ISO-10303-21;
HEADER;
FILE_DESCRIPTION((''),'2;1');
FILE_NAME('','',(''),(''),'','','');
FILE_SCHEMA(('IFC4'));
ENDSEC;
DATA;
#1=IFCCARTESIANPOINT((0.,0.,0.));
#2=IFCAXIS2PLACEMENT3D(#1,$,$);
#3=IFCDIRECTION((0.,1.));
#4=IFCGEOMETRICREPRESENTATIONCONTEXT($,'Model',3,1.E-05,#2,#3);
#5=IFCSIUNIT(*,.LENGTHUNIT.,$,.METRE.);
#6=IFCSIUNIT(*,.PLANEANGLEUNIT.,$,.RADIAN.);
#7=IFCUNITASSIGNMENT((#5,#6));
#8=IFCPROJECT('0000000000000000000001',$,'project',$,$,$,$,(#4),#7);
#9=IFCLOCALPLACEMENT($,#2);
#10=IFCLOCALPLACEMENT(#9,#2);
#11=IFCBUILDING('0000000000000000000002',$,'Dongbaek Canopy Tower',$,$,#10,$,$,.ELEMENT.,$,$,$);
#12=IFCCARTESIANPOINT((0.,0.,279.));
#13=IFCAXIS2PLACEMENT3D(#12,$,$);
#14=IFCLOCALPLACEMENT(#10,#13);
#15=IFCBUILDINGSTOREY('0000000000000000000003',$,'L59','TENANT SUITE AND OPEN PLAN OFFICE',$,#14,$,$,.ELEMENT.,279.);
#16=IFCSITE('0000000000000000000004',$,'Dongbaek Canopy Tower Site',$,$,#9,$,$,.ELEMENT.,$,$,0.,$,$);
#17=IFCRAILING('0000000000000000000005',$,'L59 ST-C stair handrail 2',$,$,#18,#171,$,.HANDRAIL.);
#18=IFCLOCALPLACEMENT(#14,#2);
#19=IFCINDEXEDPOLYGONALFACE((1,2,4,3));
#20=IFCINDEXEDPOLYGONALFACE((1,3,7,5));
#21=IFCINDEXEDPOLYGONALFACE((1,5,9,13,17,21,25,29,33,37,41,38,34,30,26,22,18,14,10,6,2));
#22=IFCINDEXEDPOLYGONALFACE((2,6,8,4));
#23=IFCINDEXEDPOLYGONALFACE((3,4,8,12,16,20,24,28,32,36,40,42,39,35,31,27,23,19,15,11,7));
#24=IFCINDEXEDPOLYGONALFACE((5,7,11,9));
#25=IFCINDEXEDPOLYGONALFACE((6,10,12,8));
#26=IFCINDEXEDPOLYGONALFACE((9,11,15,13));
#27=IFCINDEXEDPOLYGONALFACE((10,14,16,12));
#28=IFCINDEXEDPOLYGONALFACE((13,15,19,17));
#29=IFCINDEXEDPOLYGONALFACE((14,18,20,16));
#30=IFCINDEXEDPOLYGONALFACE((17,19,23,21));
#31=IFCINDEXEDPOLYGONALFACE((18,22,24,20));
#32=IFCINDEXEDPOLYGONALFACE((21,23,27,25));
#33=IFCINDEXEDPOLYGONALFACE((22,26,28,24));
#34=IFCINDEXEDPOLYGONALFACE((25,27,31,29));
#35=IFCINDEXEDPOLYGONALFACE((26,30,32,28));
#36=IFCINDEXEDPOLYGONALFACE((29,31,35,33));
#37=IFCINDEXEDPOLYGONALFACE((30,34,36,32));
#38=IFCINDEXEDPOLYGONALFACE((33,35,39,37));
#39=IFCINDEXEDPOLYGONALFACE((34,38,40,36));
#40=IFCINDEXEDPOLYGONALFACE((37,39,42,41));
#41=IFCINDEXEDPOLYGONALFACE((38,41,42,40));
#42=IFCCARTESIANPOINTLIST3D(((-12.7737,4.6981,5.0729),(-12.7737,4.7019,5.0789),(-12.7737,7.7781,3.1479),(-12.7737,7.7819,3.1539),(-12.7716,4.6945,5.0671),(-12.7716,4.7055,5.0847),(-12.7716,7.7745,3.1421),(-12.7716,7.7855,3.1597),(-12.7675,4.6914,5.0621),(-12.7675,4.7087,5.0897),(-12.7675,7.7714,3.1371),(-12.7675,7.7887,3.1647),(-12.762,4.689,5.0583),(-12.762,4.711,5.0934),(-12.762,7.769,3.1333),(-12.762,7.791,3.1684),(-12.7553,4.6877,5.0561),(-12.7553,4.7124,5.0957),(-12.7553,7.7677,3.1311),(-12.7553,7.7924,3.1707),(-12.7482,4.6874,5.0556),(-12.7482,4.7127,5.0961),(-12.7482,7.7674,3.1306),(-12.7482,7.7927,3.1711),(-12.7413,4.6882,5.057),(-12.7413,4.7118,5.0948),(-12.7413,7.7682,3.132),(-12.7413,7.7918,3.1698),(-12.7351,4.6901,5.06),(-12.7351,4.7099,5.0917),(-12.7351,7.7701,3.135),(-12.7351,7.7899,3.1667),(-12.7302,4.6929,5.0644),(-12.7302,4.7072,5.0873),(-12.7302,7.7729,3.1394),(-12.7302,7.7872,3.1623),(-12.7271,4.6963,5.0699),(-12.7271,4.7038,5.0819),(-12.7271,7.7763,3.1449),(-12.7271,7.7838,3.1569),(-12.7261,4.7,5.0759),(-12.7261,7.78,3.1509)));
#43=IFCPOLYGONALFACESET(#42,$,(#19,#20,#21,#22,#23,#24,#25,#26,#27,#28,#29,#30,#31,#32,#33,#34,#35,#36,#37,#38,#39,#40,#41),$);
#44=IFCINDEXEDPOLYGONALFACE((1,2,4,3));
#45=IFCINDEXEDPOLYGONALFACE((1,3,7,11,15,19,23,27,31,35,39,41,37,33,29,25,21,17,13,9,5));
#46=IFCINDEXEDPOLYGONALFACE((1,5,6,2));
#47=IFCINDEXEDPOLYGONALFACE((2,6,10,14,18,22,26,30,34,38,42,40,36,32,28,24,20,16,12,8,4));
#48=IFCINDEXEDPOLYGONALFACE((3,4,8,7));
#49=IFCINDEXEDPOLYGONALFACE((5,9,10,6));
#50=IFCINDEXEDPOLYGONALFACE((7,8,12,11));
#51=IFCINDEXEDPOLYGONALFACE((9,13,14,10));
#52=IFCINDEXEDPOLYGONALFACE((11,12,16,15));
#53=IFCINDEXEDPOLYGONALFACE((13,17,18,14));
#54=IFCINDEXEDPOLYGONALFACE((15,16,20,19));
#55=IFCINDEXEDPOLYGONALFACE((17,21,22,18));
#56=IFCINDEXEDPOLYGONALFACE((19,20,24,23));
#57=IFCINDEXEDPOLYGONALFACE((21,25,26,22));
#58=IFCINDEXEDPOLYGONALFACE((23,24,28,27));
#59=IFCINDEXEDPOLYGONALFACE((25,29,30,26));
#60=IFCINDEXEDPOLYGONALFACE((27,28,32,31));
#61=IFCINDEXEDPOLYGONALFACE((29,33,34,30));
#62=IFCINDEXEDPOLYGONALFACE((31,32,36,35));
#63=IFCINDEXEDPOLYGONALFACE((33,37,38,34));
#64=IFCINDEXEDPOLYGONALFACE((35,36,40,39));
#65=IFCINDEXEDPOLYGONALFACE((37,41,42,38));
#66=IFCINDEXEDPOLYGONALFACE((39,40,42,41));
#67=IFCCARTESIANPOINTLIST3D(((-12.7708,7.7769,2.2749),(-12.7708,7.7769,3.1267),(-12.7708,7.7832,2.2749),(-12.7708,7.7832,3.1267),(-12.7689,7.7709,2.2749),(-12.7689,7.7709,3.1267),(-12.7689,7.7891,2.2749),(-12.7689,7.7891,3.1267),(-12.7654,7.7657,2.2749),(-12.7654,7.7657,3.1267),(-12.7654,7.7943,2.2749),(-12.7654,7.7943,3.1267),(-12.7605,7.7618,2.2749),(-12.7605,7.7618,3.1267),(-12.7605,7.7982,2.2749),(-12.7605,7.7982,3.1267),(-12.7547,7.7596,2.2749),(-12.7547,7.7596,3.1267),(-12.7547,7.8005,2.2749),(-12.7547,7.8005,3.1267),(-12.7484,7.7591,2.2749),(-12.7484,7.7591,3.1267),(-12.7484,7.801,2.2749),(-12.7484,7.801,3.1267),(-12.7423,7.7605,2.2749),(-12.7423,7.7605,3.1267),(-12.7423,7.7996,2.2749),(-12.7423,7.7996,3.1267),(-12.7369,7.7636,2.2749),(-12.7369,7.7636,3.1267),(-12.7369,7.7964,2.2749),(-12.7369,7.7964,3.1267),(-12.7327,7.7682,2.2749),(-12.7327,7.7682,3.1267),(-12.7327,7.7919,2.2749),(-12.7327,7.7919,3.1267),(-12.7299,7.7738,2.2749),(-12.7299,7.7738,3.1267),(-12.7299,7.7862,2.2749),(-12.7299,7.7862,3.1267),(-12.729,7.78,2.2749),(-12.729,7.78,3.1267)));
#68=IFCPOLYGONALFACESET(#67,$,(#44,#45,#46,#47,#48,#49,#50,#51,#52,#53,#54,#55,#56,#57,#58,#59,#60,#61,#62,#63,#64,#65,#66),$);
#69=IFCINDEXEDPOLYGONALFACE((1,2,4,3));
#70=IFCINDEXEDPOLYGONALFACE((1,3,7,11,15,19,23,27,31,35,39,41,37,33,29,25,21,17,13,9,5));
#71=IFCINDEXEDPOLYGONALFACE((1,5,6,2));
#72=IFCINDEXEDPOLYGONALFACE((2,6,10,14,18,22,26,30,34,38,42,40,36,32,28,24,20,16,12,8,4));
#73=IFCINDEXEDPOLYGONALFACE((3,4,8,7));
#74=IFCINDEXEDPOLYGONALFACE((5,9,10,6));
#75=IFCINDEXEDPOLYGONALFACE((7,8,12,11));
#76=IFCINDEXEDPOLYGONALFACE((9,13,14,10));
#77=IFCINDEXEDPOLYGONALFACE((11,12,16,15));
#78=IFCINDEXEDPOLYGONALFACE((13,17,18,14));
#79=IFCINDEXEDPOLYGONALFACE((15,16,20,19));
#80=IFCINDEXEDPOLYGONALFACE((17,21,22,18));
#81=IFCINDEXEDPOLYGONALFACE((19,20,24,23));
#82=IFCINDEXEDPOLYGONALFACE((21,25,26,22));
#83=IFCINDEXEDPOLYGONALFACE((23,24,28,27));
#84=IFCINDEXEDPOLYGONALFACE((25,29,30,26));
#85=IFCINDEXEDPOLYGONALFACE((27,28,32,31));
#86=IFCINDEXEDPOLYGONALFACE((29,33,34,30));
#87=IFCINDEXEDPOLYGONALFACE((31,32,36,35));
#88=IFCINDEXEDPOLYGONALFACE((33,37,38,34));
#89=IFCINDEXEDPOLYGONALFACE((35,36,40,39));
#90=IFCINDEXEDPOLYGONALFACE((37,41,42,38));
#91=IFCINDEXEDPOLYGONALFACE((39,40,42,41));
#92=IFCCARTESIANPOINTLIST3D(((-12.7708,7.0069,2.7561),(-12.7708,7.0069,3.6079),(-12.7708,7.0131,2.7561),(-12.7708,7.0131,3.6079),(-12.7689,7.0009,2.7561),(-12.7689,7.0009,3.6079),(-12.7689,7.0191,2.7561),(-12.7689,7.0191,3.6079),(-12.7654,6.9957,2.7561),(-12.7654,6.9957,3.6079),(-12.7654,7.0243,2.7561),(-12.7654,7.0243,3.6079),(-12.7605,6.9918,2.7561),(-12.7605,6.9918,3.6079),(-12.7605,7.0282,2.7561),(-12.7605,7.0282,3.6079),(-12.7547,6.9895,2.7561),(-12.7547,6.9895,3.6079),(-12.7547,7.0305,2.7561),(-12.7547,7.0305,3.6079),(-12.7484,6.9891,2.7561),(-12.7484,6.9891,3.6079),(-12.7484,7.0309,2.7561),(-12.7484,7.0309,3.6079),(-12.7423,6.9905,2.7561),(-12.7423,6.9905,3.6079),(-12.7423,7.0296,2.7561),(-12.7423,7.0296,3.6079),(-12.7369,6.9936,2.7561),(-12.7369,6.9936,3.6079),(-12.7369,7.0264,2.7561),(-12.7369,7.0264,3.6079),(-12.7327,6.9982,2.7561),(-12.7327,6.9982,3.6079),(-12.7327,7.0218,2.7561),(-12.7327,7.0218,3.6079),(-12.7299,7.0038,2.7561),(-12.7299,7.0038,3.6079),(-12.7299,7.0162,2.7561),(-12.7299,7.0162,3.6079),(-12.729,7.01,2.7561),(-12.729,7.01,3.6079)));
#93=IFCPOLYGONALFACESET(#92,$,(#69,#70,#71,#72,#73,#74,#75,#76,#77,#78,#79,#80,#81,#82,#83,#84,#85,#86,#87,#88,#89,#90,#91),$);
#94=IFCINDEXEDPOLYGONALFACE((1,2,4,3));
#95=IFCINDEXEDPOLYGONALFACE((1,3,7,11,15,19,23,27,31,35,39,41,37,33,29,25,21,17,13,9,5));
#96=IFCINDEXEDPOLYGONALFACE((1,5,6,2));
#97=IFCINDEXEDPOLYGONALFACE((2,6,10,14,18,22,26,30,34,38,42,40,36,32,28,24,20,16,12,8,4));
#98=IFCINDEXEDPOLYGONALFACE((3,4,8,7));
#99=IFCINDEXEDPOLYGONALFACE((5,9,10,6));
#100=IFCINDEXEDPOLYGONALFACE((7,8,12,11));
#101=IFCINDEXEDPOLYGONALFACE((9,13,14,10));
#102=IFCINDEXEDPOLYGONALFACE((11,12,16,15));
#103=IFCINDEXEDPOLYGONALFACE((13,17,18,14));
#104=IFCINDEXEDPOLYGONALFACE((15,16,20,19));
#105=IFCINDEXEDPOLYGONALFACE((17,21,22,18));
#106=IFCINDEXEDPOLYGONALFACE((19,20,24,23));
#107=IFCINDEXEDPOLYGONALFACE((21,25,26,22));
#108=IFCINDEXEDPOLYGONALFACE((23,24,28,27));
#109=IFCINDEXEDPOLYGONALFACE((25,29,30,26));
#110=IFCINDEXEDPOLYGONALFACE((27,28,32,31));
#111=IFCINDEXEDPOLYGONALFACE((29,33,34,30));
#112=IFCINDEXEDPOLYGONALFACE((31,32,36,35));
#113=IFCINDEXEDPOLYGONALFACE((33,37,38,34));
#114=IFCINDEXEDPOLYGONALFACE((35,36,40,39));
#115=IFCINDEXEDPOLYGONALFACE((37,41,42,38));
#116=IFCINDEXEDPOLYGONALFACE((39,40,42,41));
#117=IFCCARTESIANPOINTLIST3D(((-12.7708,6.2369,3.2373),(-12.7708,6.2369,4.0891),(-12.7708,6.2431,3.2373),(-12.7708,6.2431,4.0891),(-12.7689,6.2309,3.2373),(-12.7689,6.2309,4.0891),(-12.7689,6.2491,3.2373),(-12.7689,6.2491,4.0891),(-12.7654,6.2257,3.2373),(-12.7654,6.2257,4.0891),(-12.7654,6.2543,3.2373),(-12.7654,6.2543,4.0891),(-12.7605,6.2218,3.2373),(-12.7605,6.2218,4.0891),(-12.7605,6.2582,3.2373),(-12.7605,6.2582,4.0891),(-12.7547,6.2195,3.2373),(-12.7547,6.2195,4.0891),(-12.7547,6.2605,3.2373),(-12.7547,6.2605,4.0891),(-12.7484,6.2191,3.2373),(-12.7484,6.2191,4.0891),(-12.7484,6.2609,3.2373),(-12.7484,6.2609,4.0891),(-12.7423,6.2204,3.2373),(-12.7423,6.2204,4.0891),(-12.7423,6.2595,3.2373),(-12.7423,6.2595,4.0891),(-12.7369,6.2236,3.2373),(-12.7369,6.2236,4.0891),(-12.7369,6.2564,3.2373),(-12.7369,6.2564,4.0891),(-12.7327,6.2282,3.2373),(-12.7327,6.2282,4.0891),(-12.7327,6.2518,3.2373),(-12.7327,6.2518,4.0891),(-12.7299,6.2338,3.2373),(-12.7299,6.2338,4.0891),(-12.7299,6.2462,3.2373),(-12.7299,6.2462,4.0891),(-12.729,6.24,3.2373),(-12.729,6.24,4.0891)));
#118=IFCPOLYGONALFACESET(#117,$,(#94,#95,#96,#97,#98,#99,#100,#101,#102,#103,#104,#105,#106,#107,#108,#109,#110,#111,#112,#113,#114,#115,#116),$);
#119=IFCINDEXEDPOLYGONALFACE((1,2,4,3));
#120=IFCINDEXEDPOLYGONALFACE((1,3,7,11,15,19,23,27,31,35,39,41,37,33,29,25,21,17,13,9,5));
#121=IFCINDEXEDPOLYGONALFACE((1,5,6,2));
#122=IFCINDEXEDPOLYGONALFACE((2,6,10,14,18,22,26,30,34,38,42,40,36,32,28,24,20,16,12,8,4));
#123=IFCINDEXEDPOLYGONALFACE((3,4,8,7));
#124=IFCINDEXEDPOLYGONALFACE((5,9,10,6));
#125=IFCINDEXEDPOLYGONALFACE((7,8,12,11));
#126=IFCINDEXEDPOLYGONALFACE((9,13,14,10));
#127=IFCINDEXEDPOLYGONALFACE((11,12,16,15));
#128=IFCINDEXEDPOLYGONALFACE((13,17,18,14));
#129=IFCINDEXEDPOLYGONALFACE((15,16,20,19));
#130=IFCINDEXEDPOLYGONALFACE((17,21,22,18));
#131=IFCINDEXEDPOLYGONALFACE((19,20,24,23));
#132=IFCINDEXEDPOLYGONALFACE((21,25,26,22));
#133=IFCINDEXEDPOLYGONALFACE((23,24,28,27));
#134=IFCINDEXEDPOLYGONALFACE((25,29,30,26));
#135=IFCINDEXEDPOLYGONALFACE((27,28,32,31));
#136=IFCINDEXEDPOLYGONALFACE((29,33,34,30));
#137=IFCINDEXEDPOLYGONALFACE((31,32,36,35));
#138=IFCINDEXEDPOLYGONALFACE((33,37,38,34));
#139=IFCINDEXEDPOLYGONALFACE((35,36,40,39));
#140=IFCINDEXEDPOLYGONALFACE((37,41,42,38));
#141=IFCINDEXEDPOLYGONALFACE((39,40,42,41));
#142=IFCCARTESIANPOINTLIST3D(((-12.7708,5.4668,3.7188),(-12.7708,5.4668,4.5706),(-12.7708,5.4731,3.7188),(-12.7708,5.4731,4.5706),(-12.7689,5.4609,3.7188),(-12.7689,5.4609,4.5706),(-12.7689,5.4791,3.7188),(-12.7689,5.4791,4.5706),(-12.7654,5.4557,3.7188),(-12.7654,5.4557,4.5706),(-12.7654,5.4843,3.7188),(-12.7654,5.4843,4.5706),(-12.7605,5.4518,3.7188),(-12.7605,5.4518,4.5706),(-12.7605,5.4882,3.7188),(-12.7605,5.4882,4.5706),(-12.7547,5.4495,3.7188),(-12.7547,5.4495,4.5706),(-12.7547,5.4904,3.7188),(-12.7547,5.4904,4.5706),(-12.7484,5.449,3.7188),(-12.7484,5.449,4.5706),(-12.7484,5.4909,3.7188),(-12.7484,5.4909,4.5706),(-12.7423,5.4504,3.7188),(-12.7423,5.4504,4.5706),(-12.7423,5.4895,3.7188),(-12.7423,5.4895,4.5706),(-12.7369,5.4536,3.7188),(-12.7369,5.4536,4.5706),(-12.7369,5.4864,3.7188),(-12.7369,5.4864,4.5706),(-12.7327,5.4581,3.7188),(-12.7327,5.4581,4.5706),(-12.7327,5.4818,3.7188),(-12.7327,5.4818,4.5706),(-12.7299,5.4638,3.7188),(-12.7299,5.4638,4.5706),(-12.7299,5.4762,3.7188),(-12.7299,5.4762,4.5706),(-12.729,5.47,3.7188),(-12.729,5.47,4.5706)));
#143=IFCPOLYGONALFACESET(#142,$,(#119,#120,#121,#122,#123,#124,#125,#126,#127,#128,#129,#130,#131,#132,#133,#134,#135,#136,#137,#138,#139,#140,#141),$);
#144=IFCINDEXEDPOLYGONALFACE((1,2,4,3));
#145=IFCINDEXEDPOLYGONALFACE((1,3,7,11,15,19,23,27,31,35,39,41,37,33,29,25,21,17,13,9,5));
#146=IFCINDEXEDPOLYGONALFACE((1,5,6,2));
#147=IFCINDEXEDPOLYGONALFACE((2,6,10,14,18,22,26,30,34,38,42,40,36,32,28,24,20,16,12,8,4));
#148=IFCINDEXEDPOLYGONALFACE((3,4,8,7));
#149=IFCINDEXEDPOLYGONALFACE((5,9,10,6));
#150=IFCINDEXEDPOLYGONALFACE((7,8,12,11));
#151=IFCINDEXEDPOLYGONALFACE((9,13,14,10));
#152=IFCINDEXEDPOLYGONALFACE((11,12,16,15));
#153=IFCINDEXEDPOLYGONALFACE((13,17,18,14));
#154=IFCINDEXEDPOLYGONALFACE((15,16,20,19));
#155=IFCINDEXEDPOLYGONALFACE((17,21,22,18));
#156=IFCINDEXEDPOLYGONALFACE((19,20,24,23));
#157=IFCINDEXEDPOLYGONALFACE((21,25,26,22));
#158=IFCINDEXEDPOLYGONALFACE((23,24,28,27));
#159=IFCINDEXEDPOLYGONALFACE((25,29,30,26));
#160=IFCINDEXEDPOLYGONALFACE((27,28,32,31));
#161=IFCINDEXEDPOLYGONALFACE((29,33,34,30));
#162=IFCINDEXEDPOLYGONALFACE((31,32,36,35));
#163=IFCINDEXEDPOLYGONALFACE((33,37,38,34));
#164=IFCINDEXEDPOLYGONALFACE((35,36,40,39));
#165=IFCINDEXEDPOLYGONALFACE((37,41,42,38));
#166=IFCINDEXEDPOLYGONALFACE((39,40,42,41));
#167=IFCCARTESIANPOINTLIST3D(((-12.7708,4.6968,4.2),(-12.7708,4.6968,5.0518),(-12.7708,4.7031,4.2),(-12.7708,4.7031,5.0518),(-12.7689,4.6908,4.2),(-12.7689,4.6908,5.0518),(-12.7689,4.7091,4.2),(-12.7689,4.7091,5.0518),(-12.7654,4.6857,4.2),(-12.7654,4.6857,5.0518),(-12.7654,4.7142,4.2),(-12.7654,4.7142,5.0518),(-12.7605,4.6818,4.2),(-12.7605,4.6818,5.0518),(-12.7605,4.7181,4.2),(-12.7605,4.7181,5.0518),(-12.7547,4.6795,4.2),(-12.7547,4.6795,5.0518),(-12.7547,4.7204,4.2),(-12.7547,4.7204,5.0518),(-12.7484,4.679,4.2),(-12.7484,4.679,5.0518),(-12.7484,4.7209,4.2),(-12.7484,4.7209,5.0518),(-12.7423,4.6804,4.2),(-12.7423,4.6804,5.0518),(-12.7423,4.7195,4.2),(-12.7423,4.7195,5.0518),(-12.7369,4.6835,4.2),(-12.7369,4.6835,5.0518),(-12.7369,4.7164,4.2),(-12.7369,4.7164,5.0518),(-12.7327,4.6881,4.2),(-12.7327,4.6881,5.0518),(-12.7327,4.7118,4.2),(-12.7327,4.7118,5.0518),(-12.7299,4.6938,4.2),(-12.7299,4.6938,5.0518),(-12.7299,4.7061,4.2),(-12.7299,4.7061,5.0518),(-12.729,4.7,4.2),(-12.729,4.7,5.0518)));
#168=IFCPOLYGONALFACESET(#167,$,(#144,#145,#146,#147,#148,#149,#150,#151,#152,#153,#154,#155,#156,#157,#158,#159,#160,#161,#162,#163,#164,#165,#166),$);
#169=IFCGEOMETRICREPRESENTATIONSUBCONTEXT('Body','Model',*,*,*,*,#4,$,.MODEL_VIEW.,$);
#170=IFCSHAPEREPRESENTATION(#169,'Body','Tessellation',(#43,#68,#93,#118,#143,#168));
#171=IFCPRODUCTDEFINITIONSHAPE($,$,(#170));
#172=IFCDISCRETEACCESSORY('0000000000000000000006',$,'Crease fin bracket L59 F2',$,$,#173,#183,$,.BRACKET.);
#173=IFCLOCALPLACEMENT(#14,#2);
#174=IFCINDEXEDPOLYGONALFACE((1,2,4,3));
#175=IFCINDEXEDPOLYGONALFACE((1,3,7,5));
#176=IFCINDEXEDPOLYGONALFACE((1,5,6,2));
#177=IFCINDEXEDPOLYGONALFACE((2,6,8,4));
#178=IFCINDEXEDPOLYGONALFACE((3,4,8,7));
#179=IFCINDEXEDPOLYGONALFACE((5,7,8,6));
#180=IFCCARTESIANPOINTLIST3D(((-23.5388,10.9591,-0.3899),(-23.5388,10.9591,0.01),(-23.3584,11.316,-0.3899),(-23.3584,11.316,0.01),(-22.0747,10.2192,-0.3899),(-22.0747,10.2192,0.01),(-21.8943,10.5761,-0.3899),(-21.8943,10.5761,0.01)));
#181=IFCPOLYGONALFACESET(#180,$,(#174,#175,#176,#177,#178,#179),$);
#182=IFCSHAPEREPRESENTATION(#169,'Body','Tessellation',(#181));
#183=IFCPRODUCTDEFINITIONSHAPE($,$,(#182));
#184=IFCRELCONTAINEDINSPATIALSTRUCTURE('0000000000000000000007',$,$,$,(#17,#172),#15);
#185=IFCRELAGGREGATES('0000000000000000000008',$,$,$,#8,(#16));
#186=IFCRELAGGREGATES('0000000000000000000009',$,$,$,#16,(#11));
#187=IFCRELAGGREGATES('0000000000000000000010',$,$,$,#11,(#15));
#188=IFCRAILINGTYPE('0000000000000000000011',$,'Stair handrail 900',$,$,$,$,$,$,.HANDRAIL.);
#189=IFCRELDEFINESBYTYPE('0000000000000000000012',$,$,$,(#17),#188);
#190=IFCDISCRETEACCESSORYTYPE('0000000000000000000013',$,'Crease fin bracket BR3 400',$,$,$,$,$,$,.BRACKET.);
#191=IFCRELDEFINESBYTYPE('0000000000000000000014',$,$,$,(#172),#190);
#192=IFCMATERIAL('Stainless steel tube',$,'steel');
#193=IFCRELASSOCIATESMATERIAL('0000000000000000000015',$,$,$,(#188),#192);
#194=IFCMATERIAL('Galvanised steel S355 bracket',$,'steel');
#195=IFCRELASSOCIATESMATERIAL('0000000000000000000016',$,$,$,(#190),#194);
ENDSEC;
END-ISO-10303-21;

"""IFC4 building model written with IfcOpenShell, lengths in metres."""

from ifc_helpers import new_model, si_unit, direction, frame, origin, origin_2d, place, context, subcontext, project, spatial, rectangle, circle, extrude, material, type_object, element, save


model = new_model("IFC4")

# Units and contexts
model_context = context("Model", 3, precision=1e-05, world=origin(), true_north=direction((0.0, 1.0)))
body_context = subcontext(model_context, "Body", "Model", "MODEL_VIEW")
ifc_project = project(units=[si_unit("LENGTHUNIT", "METRE"), si_unit("PLANEANGLEUNIT", "RADIAN")], contexts=[model_context])

# Site, building, storey
site_placement = place(None, origin())
site = spatial("IfcSite", under=ifc_project, at=site_placement, Name="Dongbaek Canopy Tower Site", CompositionType="ELEMENT", RefElevation=0.0)
building_placement = place(site_placement, origin())
building = spatial("IfcBuilding", under=site, at=building_placement, Name="Dongbaek Canopy Tower", CompositionType="ELEMENT")
storey_placement = place(building_placement, frame((0.0, 0.0, 279.0)))
storey = spatial("IfcBuildingStorey", under=building, at=storey_placement, Name="L59", Description="TENANT SUITE AND OPEN PLAN OFFICE", CompositionType="ELEMENT", Elevation=279.0)

# Railing
ifc_material_1 = material(Name="Stainless steel tube", Category="steel")
railing_type = type_object("IfcRailingType", Name="Stair handrail 900", PredefinedType="HANDRAIL", material=ifc_material_1)
railing_placement = place(storey_placement, frame((-12.75, 7.78, 2.2749)))
element("IfcRailing", 1, at=railing_placement, inside=storey, type_object=railing_type, Name="L59 ST-C stair handrail 2", PredefinedType="HANDRAIL", context=body_context, shape_type="SweptSolid", body=[
    extrude(circle(Radius=0.0239, at=origin_2d()), frame((0.0, 0.0, 0.876), z_axis=(0.0, -0.847998, 0.529999), x_axis=(1.0, 0.0, 0.0)), (0.0, 0.0, 1.0), 3.6321),
    extrude(circle(Radius=0.021, at=origin_2d()), origin(), (0.0, 0.0, 1.0), 0.8518),
    extrude(circle(Radius=0.021, at=origin_2d()), frame((0.0, -0.77, 0.4812)), (0.0, 0.0, 1.0), 0.8518),
    extrude(circle(Radius=0.021, at=origin_2d()), frame((0.0, -1.54, 0.9624)), (0.0, 0.0, 1.0), 0.8518),
    extrude(circle(Radius=0.021, at=origin_2d()), frame((0.0, -2.3101, 1.4438)), (0.0, 0.0, 1.0), 0.8518),
    extrude(circle(Radius=0.021, at=origin_2d()), frame((0.0, -3.0801, 1.925)), (0.0, 0.0, 1.0), 0.8518),
])

# Discrete accessory
ifc_material_2 = material(Name="Galvanised steel S355 bracket", Category="steel")
discrete_accessory_type = type_object("IfcDiscreteAccessoryType", Name="Crease fin bracket BR3 400", PredefinedType="BRACKET", material=ifc_material_2)
discrete_accessory_placement = place(storey_placement, frame((-22.7166, 10.7676, -0.3899), z_axis=(0.0, 0.0, 1.0), x_axis=(-0.8925, 0.451047, 0.0)))
element("IfcDiscreteAccessory", 2, at=discrete_accessory_placement, inside=storey, type_object=discrete_accessory_type, Name="Crease fin bracket L59 F2", PredefinedType="BRACKET", context=body_context, shape_type="SweptSolid", body=[
    extrude(rectangle(XDim=1.6404, YDim=0.3999, at=origin_2d()), origin(), (0.0, 0.0, 1.0), 0.3999),
])

save(model, "model.ifc")
